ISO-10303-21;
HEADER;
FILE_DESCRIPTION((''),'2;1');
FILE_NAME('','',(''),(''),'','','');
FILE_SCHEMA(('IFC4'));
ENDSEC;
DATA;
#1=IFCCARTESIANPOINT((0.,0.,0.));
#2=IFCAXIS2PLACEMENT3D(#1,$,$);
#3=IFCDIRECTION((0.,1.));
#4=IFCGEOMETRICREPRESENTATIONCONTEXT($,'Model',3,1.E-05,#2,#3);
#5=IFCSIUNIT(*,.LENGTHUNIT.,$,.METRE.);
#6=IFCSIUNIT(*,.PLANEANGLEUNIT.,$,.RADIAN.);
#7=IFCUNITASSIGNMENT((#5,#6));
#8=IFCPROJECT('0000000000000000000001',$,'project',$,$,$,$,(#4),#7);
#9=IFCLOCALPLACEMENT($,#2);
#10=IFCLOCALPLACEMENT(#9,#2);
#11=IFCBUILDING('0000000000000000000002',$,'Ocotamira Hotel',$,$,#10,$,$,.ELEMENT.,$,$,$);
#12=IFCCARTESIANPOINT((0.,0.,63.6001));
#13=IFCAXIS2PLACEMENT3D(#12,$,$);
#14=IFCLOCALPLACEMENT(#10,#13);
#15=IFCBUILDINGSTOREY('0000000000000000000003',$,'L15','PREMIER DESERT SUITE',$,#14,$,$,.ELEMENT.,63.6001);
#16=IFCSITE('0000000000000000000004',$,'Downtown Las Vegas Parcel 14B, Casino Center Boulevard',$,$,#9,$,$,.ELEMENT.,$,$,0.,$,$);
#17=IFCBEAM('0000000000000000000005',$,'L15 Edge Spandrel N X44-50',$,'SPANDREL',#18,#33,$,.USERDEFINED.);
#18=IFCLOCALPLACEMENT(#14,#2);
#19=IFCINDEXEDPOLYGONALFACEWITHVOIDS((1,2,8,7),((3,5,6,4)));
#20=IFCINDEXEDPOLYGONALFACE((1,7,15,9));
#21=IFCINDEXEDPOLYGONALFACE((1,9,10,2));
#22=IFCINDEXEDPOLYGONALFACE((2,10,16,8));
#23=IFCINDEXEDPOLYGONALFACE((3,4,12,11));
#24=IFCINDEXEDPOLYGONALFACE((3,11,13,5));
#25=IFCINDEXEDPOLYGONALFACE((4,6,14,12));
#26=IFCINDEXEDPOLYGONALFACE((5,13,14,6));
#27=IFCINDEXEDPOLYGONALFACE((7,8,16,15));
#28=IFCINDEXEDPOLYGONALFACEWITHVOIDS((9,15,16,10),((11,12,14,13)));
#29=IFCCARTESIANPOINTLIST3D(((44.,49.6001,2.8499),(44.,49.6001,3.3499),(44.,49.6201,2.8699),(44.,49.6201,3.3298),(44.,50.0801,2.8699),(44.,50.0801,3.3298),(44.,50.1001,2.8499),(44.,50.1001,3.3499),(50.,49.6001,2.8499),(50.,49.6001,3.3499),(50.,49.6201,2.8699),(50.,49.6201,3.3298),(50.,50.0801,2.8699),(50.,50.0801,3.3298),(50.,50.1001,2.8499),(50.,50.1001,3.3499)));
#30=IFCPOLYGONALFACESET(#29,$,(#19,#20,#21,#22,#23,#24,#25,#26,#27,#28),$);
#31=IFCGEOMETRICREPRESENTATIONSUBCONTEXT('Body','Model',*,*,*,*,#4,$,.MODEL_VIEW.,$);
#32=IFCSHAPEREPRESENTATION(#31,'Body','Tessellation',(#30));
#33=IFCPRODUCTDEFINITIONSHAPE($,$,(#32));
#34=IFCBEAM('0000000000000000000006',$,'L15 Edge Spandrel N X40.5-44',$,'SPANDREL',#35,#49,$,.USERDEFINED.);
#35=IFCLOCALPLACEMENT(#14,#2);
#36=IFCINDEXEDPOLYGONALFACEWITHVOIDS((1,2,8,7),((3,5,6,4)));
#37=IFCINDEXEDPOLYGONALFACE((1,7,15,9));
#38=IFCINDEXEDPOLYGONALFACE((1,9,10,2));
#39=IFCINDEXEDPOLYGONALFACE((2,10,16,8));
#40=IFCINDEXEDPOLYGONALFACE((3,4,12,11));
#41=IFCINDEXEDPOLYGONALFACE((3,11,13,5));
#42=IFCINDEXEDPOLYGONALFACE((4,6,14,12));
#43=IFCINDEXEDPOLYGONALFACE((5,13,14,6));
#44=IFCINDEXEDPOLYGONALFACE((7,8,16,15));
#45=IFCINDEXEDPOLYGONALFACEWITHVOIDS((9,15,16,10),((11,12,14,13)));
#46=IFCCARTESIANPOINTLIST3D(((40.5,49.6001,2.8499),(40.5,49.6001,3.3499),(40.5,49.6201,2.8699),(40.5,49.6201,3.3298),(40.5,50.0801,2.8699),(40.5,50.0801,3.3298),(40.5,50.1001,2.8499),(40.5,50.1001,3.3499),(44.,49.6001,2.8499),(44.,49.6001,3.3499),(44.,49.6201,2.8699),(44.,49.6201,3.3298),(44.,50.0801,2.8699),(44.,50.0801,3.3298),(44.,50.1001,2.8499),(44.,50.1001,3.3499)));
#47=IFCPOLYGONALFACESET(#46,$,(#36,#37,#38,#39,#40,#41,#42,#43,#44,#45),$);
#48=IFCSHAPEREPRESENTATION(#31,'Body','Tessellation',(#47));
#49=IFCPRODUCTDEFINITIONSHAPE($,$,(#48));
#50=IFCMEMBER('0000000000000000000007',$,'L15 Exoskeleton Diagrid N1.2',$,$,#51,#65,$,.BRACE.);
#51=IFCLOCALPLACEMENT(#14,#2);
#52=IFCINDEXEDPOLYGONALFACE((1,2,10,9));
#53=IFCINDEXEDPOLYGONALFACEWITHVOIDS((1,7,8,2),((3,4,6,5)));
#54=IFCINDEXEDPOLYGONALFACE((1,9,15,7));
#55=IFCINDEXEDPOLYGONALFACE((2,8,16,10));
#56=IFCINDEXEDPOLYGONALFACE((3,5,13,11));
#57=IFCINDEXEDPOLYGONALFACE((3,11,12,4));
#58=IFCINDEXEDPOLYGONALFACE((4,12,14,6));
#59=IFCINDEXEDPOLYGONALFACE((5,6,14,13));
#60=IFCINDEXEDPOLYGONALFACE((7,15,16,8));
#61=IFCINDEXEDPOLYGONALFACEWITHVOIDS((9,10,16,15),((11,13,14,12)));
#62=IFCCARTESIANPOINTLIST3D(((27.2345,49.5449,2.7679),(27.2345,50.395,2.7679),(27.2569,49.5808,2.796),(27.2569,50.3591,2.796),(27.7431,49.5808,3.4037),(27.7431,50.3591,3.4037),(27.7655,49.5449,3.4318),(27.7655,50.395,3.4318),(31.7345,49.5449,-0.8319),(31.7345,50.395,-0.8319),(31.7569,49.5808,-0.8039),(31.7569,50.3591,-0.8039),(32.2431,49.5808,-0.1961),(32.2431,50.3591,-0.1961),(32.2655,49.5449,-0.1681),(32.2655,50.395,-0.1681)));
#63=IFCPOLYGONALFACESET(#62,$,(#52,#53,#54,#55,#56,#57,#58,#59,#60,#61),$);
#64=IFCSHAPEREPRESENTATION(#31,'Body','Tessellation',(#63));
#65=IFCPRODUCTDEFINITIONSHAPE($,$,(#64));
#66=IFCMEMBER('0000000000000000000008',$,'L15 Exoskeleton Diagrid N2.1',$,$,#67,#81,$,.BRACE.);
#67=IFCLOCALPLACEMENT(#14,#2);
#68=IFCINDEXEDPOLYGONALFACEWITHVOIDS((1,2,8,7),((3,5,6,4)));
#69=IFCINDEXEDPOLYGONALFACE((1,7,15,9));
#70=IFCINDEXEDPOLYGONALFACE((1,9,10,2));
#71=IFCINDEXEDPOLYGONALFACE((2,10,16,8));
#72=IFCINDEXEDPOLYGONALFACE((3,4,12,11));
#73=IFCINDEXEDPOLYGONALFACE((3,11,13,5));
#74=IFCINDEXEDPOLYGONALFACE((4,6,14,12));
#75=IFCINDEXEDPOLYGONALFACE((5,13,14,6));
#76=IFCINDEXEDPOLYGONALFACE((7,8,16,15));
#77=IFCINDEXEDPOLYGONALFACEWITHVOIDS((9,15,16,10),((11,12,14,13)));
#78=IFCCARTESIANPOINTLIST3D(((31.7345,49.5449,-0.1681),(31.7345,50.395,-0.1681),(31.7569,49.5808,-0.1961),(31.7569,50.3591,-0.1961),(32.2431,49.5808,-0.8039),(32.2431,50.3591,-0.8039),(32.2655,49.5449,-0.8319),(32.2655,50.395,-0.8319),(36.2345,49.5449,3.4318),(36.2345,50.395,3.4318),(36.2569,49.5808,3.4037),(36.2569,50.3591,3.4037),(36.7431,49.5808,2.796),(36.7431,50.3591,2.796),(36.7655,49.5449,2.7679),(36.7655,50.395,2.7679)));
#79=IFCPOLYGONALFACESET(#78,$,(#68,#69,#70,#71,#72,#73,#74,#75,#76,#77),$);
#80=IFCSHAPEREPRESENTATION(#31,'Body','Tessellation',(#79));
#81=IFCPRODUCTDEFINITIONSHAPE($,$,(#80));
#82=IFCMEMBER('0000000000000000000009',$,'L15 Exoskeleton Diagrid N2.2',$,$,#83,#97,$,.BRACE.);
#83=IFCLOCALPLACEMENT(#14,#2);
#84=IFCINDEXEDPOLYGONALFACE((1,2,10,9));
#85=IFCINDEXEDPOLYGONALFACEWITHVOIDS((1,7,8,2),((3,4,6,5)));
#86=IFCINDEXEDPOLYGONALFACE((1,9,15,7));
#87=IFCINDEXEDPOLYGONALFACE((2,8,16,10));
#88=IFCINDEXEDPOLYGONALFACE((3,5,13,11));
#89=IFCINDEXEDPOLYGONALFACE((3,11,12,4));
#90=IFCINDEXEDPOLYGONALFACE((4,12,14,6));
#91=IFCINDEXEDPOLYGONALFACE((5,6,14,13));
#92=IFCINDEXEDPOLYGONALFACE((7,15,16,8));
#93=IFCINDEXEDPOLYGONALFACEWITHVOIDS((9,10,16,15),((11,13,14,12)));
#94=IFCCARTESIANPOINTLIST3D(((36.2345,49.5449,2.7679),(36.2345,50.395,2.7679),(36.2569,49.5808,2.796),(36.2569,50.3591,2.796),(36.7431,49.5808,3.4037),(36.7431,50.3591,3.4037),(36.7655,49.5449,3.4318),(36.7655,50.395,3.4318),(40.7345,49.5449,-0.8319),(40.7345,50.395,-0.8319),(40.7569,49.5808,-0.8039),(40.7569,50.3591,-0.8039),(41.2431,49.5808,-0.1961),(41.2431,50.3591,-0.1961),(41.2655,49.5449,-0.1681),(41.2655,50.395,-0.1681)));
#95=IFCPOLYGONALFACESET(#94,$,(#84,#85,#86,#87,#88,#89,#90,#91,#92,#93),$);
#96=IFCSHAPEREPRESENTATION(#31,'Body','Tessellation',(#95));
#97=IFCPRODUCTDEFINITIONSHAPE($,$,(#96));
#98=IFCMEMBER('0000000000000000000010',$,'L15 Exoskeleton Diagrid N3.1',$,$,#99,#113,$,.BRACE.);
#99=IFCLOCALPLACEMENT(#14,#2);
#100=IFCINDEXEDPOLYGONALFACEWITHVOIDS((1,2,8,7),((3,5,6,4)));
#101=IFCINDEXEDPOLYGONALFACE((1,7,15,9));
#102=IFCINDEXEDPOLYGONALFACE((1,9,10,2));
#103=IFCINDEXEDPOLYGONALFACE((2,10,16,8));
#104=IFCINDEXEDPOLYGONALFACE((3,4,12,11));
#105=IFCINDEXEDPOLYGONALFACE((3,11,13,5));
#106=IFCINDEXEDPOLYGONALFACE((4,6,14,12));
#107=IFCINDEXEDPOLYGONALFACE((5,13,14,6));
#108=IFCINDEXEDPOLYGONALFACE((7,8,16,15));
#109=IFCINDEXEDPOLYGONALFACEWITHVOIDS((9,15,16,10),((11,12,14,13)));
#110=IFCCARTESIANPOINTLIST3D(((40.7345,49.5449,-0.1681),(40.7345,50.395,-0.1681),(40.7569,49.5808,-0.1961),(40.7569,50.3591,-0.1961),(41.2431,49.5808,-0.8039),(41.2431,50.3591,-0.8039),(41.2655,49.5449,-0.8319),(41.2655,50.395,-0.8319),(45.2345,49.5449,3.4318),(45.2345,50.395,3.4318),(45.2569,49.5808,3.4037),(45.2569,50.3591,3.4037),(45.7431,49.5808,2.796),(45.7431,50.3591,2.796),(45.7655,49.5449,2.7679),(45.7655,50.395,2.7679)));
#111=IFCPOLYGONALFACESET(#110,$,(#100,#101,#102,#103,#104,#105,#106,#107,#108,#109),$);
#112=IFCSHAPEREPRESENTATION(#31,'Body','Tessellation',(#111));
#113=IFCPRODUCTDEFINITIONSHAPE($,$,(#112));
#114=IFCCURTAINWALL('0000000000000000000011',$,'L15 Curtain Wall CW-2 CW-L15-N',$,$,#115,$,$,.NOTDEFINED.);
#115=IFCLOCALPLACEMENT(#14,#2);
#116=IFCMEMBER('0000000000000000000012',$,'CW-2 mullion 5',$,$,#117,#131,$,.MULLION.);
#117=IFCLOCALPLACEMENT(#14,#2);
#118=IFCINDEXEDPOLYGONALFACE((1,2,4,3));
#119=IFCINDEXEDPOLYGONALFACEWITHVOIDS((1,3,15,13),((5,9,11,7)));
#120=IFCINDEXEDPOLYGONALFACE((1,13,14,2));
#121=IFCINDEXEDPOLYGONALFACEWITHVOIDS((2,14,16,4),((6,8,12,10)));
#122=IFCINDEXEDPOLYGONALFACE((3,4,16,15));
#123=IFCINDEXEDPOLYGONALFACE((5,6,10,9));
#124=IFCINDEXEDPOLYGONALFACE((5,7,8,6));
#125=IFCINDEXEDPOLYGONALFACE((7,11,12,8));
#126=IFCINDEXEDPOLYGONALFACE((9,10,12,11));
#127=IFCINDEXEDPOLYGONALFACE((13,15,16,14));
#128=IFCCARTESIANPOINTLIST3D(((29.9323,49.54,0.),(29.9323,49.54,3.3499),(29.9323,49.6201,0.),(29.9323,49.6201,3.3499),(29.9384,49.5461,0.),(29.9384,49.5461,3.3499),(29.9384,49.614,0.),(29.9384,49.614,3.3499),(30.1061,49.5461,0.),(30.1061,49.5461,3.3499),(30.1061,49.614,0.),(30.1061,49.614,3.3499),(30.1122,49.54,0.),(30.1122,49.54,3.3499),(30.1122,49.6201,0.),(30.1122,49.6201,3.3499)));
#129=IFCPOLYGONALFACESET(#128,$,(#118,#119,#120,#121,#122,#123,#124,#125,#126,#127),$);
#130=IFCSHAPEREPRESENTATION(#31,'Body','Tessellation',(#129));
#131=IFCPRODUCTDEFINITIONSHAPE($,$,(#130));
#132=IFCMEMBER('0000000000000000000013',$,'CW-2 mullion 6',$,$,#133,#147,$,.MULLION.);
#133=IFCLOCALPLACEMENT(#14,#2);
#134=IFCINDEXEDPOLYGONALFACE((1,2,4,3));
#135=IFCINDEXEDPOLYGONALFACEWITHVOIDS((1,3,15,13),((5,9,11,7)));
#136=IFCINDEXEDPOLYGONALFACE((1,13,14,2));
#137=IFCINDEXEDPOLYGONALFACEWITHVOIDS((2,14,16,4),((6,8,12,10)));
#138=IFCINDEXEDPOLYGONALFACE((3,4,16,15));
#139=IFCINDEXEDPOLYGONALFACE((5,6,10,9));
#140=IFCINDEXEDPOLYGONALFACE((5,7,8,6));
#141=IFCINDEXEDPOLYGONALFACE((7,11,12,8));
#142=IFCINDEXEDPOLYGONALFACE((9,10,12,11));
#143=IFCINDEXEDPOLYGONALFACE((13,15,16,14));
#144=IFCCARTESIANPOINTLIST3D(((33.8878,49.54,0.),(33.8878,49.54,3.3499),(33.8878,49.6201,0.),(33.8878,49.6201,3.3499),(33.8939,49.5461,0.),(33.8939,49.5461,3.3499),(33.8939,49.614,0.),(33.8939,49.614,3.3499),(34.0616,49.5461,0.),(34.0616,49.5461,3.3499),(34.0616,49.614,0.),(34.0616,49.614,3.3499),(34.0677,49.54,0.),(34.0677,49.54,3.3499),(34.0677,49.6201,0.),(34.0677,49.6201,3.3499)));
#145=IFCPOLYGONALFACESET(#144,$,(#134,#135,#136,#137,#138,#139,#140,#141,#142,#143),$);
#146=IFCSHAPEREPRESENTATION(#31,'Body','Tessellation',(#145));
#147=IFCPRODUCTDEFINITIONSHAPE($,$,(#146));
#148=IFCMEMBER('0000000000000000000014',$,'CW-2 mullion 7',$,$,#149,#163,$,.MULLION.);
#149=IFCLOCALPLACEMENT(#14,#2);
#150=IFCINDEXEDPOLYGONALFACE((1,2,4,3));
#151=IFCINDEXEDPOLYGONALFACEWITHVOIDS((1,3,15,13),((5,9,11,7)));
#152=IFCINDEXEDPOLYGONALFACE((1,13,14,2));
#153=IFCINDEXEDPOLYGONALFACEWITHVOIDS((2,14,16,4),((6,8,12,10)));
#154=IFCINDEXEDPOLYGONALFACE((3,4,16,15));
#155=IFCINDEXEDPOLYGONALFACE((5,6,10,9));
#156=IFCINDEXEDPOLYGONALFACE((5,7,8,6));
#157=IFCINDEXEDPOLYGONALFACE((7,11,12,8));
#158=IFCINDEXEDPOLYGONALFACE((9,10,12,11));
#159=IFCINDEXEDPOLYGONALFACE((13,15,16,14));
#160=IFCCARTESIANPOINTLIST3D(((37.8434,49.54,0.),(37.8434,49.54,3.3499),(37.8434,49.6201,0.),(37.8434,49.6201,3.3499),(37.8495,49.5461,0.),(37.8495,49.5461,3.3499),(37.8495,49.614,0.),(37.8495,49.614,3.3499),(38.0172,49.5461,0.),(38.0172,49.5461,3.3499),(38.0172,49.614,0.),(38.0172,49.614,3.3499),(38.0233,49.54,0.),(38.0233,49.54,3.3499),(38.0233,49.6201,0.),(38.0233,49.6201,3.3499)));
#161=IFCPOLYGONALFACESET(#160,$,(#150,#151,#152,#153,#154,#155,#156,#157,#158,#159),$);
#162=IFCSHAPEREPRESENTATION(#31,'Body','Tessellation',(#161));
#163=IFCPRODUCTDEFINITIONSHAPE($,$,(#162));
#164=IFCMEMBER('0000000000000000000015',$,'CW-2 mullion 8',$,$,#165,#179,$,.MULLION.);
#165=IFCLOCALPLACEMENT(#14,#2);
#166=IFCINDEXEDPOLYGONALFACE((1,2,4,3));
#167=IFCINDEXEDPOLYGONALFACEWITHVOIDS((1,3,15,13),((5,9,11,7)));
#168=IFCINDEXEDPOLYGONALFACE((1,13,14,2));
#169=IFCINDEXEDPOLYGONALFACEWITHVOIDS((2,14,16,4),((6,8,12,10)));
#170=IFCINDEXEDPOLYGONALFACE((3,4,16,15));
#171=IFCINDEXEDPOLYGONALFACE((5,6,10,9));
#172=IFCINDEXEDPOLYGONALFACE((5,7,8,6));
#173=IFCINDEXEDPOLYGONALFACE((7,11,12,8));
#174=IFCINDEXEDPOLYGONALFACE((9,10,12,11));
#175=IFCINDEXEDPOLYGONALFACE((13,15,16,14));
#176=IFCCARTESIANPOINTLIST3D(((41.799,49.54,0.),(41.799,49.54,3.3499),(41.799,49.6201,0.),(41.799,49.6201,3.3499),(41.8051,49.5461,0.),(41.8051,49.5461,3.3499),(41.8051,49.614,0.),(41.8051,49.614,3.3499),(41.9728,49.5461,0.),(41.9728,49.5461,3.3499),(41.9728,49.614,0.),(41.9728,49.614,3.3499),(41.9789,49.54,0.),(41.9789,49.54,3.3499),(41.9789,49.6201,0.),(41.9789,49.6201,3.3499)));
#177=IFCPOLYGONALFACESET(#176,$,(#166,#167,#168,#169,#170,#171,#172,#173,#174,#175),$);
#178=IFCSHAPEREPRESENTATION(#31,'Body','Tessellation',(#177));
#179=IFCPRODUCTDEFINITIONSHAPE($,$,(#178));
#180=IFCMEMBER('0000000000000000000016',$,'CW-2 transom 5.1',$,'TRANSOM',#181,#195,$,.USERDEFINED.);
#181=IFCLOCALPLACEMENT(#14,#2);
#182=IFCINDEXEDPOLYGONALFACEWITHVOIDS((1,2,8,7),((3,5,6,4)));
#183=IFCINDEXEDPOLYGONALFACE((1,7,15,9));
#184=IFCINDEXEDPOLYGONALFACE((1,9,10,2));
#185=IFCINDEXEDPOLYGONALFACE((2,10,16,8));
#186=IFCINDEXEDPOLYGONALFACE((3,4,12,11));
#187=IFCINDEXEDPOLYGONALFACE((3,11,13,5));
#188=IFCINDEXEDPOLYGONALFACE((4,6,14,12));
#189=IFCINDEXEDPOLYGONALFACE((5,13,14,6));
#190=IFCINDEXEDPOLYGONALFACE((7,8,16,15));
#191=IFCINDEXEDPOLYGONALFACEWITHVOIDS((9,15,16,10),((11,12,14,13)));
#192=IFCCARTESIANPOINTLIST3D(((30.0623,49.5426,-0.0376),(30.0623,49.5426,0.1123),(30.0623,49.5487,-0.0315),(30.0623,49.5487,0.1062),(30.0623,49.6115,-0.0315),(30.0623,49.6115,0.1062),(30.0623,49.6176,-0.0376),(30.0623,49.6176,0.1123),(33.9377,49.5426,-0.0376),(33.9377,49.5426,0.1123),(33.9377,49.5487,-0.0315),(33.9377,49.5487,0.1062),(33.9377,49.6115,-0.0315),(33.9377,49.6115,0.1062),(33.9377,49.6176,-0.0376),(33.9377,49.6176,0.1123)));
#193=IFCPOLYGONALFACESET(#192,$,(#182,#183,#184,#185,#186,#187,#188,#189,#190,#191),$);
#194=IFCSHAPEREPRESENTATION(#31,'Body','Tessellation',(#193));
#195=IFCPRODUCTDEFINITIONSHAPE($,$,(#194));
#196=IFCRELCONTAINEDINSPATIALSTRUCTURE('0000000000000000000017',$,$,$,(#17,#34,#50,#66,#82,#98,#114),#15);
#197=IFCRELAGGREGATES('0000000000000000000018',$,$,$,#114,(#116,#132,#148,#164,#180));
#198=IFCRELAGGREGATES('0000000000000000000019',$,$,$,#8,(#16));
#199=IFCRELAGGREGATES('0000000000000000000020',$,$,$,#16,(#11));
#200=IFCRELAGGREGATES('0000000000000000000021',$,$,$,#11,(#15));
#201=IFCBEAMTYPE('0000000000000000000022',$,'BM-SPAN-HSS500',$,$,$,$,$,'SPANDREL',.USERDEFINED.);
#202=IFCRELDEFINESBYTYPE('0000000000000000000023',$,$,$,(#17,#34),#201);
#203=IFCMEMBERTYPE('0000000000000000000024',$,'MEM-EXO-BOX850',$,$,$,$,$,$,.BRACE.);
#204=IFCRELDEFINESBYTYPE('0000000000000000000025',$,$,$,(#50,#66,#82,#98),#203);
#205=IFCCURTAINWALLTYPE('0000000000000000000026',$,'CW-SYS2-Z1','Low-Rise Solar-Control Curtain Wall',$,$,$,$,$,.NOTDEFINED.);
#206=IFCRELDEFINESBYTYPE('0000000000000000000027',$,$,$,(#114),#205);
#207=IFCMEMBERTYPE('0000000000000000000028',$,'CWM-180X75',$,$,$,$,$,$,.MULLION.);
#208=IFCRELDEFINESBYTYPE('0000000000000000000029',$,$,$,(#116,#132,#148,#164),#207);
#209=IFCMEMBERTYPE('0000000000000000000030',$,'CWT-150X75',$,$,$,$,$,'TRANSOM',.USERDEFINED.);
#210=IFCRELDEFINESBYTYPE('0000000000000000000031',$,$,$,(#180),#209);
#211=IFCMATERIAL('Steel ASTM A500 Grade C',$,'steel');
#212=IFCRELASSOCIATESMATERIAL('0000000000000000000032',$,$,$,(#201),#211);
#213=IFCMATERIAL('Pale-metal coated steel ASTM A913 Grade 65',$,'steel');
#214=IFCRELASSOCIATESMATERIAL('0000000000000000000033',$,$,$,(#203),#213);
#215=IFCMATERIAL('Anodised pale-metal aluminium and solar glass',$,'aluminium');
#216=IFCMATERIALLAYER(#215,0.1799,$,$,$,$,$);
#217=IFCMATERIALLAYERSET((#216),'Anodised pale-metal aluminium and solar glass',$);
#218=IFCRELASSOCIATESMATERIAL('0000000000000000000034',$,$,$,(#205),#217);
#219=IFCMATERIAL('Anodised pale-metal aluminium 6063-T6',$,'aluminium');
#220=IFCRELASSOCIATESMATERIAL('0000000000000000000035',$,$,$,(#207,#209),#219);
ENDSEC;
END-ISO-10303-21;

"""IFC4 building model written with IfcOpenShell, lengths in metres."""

from ifc_helpers import new_model, si_unit, direction, frame, origin, origin_2d, place, context, subcontext, project, spatial, hollow_rectangle, extrude, source, transform, mapped, material, layer, layer_set, material_profile, profile_set, type_object, element, aggregate, save


model = new_model("IFC4")

# Units and contexts
model_context = context("Model", 3, precision=1e-05, world=origin(), true_north=direction((0.0, 1.0)))
body_context = subcontext(model_context, "Body", "Model", "MODEL_VIEW")
ifc_project = project(units=[si_unit("LENGTHUNIT", "METRE"), si_unit("PLANEANGLEUNIT", "RADIAN")], contexts=[model_context])

# Site, building, storey
site_placement = place(None, origin())
site = spatial("IfcSite", under=ifc_project, at=site_placement, Name="Downtown Las Vegas Parcel 14B, Casino Center Boulevard", CompositionType="ELEMENT", RefElevation=0.0)
building_placement = place(site_placement, origin())
building = spatial("IfcBuilding", under=site, at=building_placement, Name="Ocotamira Hotel", CompositionType="ELEMENT")
storey_placement = place(building_placement, frame((0.0, 0.0, 63.6001)))
storey = spatial("IfcBuildingStorey", under=building, at=storey_placement, Name="L15", Description="PREMIER DESERT SUITE", CompositionType="ELEMENT", Elevation=63.6001)

# Beams
ifc_material_1 = material(Name="Steel ASTM A500 Grade C", Category="steel")
ifc_material_profile_1 = material_profile(ifc_material_1, hollow_rectangle(XDim=0.5, YDim=0.5, WallThickness=0.02, at=origin_2d()), Name="HSS500X500X20")
ifc_profile_set_1 = profile_set([ifc_material_profile_1], Name="Steel ASTM A500 Grade C")
beam_type = type_object("IfcBeamType", Name="BM-SPAN-HSS500", ElementType="SPANDREL", PredefinedType="USERDEFINED", material=ifc_profile_set_1)
shared_shape_1 = source(origin(), body_context, "Body", "SweptSolid", [
    extrude(hollow_rectangle(XDim=0.5, YDim=0.5, WallThickness=0.02, at=origin_2d()), origin(), (0.0, 0.0, 1.0), 6.0),
])
beam_1_placement = place(storey_placement, frame((44.0, 49.8501, 3.0999), z_axis=(1.0, 0.0, 0.0), x_axis=(0.0, 1.0, 0.0)))
element("IfcBeam", 1, at=beam_1_placement, inside=storey, type_object=beam_type, Name="L15 Edge Spandrel N X44-50", ObjectType="SPANDREL", PredefinedType="USERDEFINED", context=body_context, shape_type="MappedRepresentation", body=[
    mapped(shared_shape_1, transform((0.0, 0.0, 0.0), scale=1.0)),
])
shared_shape_2 = source(origin(), body_context, "Body", "SweptSolid", [
    extrude(hollow_rectangle(XDim=0.5, YDim=0.5, WallThickness=0.02, at=origin_2d()), origin(), (0.0, 0.0, 1.0), 3.5),
])
beam_2_placement = place(storey_placement, frame((40.5, 49.8501, 3.0999), z_axis=(1.0, 0.0, 0.0), x_axis=(0.0, 1.0, 0.0)))
element("IfcBeam", 2, at=beam_2_placement, inside=storey, type_object=beam_type, Name="L15 Edge Spandrel N X40.5-44", ObjectType="SPANDREL", PredefinedType="USERDEFINED", context=body_context, shape_type="MappedRepresentation", body=[
    mapped(shared_shape_2, transform((0.0, 0.0, 0.0), scale=1.0)),
])

# Members
ifc_material_2 = material(Name="Pale-metal coated steel ASTM A913 Grade 65", Category="steel")
ifc_material_profile_2 = material_profile(ifc_material_2, hollow_rectangle(XDim=0.8501, YDim=0.8501, WallThickness=0.0359, at=origin_2d()), Name="BOX850X850X36")
ifc_profile_set_2 = profile_set([ifc_material_profile_2], Name="Pale-metal coated steel ASTM A913 Grade 65")
member_type_1 = type_object("IfcMemberType", Name="MEM-EXO-BOX850", PredefinedType="BRACE", material=ifc_profile_set_2)
shared_shape_3 = source(origin(), body_context, "Body", "SweptSolid", [
    extrude(hollow_rectangle(XDim=0.8501, YDim=0.8501, WallThickness=0.0359, at=origin_2d()), origin(), (0.0, 0.0, 1.0), 5.7627),
])
for number, where, z_axis, x_axis, name in (
    (3, (32.0, 49.97, -0.5), (-0.780881, 0.0, 0.62468), (0.0, -1.0, 0.0), "L15 Exoskeleton Diagrid N1.2"),
    (4, (32.0, 49.97, -0.5), (0.780881, 0.0, 0.62468), (0.0, 1.0, 0.0), "L15 Exoskeleton Diagrid N2.1"),
    (5, (41.0, 49.97, -0.5), (-0.780881, 0.0, 0.62468), (0.0, -1.0, 0.0), "L15 Exoskeleton Diagrid N2.2"),
    (6, (41.0, 49.97, -0.5), (0.780881, 0.0, 0.62468), (0.0, 1.0, 0.0), "L15 Exoskeleton Diagrid N3.1"),
):
    element("IfcMember", number, at=place(storey_placement, frame(where, z_axis=z_axis, x_axis=x_axis)), inside=storey, type_object=member_type_1, Name=name, PredefinedType="BRACE", context=body_context, shape_type="MappedRepresentation", body=[
        mapped(shared_shape_3, transform((0.0, 0.0, 0.0), scale=1.0)),
    ])

# Curtain wall, members
ifc_material_3 = material(Name="Anodised pale-metal aluminium and solar glass", Category="aluminium")
ifc_layer_1 = layer(ifc_material_3, 0.1799)
ifc_layer_set_1 = layer_set([ifc_layer_1], Name="Anodised pale-metal aluminium and solar glass")
curtain_wall_type = type_object("IfcCurtainWallType", Name="CW-SYS2-Z1", Description="Low-Rise Solar-Control Curtain Wall", PredefinedType="NOTDEFINED", material=ifc_layer_set_1)
curtain_wall_placement = place(storey_placement, origin())
curtain_wall = element("IfcCurtainWall", 7, at=curtain_wall_placement, inside=storey, type_object=curtain_wall_type, Name="L15 Curtain Wall CW-2 CW-L15-N", PredefinedType="NOTDEFINED")
ifc_material_4 = material(Name="Anodised pale-metal aluminium 6063-T6", Category="aluminium")
ifc_material_profile_3 = material_profile(ifc_material_4, hollow_rectangle(XDim=0.0801, YDim=0.1799, WallThickness=0.0061, at=origin_2d()), Name="HSS180X80X6")
ifc_profile_set_3 = profile_set([ifc_material_profile_3], Name="Anodised pale-metal aluminium 6063-T6")
member_type_2 = type_object("IfcMemberType", Name="CWM-180X75", PredefinedType="MULLION", material=ifc_profile_set_3)
shared_shape_4 = source(origin(), body_context, "Body", "SweptSolid", [
    extrude(hollow_rectangle(XDim=0.0801, YDim=0.1799, WallThickness=0.0061, at=origin_2d()), origin(), (0.0, 0.0, 1.0), 3.3499),
])
member_1_placement = place(storey_placement, frame((30.0222, 49.5801, 0.0), z_axis=(0.0, 0.0, 1.0), x_axis=(0.0, 1.0, 0.0)))
member_1 = element("IfcMember", 8, at=member_1_placement, type_object=member_type_2, Name="CW-2 mullion 5", PredefinedType="MULLION", context=body_context, shape_type="MappedRepresentation", body=[
    mapped(shared_shape_4, transform((0.0, 0.0, 0.0), scale=1.0)),
])
member_2_placement = place(storey_placement, frame((33.9778, 49.5801, 0.0), z_axis=(0.0, 0.0, 1.0), x_axis=(0.0, 1.0, 0.0)))
member_2 = element("IfcMember", 9, at=member_2_placement, type_object=member_type_2, Name="CW-2 mullion 6", PredefinedType="MULLION", context=body_context, shape_type="MappedRepresentation", body=[
    mapped(shared_shape_4, transform((0.0, 0.0, 0.0), scale=1.0)),
])
member_3_placement = place(storey_placement, frame((37.9333, 49.5801, 0.0), z_axis=(0.0, 0.0, 1.0), x_axis=(0.0, 1.0, 0.0)))
member_3 = element("IfcMember", 10, at=member_3_placement, type_object=member_type_2, Name="CW-2 mullion 7", PredefinedType="MULLION", context=body_context, shape_type="MappedRepresentation", body=[
    mapped(shared_shape_4, transform((0.0, 0.0, 0.0), scale=1.0)),
])
member_4_placement = place(storey_placement, frame((41.8889, 49.5801, 0.0), z_axis=(0.0, 0.0, 1.0), x_axis=(0.0, 1.0, 0.0)))
member_4 = element("IfcMember", 11, at=member_4_placement, type_object=member_type_2, Name="CW-2 mullion 8", PredefinedType="MULLION", context=body_context, shape_type="MappedRepresentation", body=[
    mapped(shared_shape_4, transform((0.0, 0.0, 0.0), scale=1.0)),
])
ifc_material_profile_4 = material_profile(ifc_material_4, hollow_rectangle(XDim=0.075, YDim=0.1499, WallThickness=0.0061, at=origin_2d()), Name="HSS150X75X6")
ifc_profile_set_4 = profile_set([ifc_material_profile_4], Name="Anodised pale-metal aluminium 6063-T6")
member_type_3 = type_object("IfcMemberType", Name="CWT-150X75", ElementType="TRANSOM", PredefinedType="USERDEFINED", material=ifc_profile_set_4)
shared_shape_5 = source(origin(), body_context, "Body", "SweptSolid", [
    extrude(hollow_rectangle(XDim=0.075, YDim=0.1499, WallThickness=0.0061, at=origin_2d()), origin(), (0.0, 0.0, 1.0), 3.8755),
])
member_5_placement = place(storey_placement, frame((30.0623, 49.5801, 0.0374), z_axis=(1.0, 0.0, 0.0), x_axis=(0.0, 1.0, 0.0)))
member_5 = element("IfcMember", 12, at=member_5_placement, type_object=member_type_3, Name="CW-2 transom 5.1", ObjectType="TRANSOM", PredefinedType="USERDEFINED", context=body_context, shape_type="MappedRepresentation", body=[
    mapped(shared_shape_5, transform((0.0, 0.0, 0.0), scale=1.0)),
])

aggregate(curtain_wall, [member_1, member_2, member_3, member_4, member_5])

save(model, "model.ifc")
